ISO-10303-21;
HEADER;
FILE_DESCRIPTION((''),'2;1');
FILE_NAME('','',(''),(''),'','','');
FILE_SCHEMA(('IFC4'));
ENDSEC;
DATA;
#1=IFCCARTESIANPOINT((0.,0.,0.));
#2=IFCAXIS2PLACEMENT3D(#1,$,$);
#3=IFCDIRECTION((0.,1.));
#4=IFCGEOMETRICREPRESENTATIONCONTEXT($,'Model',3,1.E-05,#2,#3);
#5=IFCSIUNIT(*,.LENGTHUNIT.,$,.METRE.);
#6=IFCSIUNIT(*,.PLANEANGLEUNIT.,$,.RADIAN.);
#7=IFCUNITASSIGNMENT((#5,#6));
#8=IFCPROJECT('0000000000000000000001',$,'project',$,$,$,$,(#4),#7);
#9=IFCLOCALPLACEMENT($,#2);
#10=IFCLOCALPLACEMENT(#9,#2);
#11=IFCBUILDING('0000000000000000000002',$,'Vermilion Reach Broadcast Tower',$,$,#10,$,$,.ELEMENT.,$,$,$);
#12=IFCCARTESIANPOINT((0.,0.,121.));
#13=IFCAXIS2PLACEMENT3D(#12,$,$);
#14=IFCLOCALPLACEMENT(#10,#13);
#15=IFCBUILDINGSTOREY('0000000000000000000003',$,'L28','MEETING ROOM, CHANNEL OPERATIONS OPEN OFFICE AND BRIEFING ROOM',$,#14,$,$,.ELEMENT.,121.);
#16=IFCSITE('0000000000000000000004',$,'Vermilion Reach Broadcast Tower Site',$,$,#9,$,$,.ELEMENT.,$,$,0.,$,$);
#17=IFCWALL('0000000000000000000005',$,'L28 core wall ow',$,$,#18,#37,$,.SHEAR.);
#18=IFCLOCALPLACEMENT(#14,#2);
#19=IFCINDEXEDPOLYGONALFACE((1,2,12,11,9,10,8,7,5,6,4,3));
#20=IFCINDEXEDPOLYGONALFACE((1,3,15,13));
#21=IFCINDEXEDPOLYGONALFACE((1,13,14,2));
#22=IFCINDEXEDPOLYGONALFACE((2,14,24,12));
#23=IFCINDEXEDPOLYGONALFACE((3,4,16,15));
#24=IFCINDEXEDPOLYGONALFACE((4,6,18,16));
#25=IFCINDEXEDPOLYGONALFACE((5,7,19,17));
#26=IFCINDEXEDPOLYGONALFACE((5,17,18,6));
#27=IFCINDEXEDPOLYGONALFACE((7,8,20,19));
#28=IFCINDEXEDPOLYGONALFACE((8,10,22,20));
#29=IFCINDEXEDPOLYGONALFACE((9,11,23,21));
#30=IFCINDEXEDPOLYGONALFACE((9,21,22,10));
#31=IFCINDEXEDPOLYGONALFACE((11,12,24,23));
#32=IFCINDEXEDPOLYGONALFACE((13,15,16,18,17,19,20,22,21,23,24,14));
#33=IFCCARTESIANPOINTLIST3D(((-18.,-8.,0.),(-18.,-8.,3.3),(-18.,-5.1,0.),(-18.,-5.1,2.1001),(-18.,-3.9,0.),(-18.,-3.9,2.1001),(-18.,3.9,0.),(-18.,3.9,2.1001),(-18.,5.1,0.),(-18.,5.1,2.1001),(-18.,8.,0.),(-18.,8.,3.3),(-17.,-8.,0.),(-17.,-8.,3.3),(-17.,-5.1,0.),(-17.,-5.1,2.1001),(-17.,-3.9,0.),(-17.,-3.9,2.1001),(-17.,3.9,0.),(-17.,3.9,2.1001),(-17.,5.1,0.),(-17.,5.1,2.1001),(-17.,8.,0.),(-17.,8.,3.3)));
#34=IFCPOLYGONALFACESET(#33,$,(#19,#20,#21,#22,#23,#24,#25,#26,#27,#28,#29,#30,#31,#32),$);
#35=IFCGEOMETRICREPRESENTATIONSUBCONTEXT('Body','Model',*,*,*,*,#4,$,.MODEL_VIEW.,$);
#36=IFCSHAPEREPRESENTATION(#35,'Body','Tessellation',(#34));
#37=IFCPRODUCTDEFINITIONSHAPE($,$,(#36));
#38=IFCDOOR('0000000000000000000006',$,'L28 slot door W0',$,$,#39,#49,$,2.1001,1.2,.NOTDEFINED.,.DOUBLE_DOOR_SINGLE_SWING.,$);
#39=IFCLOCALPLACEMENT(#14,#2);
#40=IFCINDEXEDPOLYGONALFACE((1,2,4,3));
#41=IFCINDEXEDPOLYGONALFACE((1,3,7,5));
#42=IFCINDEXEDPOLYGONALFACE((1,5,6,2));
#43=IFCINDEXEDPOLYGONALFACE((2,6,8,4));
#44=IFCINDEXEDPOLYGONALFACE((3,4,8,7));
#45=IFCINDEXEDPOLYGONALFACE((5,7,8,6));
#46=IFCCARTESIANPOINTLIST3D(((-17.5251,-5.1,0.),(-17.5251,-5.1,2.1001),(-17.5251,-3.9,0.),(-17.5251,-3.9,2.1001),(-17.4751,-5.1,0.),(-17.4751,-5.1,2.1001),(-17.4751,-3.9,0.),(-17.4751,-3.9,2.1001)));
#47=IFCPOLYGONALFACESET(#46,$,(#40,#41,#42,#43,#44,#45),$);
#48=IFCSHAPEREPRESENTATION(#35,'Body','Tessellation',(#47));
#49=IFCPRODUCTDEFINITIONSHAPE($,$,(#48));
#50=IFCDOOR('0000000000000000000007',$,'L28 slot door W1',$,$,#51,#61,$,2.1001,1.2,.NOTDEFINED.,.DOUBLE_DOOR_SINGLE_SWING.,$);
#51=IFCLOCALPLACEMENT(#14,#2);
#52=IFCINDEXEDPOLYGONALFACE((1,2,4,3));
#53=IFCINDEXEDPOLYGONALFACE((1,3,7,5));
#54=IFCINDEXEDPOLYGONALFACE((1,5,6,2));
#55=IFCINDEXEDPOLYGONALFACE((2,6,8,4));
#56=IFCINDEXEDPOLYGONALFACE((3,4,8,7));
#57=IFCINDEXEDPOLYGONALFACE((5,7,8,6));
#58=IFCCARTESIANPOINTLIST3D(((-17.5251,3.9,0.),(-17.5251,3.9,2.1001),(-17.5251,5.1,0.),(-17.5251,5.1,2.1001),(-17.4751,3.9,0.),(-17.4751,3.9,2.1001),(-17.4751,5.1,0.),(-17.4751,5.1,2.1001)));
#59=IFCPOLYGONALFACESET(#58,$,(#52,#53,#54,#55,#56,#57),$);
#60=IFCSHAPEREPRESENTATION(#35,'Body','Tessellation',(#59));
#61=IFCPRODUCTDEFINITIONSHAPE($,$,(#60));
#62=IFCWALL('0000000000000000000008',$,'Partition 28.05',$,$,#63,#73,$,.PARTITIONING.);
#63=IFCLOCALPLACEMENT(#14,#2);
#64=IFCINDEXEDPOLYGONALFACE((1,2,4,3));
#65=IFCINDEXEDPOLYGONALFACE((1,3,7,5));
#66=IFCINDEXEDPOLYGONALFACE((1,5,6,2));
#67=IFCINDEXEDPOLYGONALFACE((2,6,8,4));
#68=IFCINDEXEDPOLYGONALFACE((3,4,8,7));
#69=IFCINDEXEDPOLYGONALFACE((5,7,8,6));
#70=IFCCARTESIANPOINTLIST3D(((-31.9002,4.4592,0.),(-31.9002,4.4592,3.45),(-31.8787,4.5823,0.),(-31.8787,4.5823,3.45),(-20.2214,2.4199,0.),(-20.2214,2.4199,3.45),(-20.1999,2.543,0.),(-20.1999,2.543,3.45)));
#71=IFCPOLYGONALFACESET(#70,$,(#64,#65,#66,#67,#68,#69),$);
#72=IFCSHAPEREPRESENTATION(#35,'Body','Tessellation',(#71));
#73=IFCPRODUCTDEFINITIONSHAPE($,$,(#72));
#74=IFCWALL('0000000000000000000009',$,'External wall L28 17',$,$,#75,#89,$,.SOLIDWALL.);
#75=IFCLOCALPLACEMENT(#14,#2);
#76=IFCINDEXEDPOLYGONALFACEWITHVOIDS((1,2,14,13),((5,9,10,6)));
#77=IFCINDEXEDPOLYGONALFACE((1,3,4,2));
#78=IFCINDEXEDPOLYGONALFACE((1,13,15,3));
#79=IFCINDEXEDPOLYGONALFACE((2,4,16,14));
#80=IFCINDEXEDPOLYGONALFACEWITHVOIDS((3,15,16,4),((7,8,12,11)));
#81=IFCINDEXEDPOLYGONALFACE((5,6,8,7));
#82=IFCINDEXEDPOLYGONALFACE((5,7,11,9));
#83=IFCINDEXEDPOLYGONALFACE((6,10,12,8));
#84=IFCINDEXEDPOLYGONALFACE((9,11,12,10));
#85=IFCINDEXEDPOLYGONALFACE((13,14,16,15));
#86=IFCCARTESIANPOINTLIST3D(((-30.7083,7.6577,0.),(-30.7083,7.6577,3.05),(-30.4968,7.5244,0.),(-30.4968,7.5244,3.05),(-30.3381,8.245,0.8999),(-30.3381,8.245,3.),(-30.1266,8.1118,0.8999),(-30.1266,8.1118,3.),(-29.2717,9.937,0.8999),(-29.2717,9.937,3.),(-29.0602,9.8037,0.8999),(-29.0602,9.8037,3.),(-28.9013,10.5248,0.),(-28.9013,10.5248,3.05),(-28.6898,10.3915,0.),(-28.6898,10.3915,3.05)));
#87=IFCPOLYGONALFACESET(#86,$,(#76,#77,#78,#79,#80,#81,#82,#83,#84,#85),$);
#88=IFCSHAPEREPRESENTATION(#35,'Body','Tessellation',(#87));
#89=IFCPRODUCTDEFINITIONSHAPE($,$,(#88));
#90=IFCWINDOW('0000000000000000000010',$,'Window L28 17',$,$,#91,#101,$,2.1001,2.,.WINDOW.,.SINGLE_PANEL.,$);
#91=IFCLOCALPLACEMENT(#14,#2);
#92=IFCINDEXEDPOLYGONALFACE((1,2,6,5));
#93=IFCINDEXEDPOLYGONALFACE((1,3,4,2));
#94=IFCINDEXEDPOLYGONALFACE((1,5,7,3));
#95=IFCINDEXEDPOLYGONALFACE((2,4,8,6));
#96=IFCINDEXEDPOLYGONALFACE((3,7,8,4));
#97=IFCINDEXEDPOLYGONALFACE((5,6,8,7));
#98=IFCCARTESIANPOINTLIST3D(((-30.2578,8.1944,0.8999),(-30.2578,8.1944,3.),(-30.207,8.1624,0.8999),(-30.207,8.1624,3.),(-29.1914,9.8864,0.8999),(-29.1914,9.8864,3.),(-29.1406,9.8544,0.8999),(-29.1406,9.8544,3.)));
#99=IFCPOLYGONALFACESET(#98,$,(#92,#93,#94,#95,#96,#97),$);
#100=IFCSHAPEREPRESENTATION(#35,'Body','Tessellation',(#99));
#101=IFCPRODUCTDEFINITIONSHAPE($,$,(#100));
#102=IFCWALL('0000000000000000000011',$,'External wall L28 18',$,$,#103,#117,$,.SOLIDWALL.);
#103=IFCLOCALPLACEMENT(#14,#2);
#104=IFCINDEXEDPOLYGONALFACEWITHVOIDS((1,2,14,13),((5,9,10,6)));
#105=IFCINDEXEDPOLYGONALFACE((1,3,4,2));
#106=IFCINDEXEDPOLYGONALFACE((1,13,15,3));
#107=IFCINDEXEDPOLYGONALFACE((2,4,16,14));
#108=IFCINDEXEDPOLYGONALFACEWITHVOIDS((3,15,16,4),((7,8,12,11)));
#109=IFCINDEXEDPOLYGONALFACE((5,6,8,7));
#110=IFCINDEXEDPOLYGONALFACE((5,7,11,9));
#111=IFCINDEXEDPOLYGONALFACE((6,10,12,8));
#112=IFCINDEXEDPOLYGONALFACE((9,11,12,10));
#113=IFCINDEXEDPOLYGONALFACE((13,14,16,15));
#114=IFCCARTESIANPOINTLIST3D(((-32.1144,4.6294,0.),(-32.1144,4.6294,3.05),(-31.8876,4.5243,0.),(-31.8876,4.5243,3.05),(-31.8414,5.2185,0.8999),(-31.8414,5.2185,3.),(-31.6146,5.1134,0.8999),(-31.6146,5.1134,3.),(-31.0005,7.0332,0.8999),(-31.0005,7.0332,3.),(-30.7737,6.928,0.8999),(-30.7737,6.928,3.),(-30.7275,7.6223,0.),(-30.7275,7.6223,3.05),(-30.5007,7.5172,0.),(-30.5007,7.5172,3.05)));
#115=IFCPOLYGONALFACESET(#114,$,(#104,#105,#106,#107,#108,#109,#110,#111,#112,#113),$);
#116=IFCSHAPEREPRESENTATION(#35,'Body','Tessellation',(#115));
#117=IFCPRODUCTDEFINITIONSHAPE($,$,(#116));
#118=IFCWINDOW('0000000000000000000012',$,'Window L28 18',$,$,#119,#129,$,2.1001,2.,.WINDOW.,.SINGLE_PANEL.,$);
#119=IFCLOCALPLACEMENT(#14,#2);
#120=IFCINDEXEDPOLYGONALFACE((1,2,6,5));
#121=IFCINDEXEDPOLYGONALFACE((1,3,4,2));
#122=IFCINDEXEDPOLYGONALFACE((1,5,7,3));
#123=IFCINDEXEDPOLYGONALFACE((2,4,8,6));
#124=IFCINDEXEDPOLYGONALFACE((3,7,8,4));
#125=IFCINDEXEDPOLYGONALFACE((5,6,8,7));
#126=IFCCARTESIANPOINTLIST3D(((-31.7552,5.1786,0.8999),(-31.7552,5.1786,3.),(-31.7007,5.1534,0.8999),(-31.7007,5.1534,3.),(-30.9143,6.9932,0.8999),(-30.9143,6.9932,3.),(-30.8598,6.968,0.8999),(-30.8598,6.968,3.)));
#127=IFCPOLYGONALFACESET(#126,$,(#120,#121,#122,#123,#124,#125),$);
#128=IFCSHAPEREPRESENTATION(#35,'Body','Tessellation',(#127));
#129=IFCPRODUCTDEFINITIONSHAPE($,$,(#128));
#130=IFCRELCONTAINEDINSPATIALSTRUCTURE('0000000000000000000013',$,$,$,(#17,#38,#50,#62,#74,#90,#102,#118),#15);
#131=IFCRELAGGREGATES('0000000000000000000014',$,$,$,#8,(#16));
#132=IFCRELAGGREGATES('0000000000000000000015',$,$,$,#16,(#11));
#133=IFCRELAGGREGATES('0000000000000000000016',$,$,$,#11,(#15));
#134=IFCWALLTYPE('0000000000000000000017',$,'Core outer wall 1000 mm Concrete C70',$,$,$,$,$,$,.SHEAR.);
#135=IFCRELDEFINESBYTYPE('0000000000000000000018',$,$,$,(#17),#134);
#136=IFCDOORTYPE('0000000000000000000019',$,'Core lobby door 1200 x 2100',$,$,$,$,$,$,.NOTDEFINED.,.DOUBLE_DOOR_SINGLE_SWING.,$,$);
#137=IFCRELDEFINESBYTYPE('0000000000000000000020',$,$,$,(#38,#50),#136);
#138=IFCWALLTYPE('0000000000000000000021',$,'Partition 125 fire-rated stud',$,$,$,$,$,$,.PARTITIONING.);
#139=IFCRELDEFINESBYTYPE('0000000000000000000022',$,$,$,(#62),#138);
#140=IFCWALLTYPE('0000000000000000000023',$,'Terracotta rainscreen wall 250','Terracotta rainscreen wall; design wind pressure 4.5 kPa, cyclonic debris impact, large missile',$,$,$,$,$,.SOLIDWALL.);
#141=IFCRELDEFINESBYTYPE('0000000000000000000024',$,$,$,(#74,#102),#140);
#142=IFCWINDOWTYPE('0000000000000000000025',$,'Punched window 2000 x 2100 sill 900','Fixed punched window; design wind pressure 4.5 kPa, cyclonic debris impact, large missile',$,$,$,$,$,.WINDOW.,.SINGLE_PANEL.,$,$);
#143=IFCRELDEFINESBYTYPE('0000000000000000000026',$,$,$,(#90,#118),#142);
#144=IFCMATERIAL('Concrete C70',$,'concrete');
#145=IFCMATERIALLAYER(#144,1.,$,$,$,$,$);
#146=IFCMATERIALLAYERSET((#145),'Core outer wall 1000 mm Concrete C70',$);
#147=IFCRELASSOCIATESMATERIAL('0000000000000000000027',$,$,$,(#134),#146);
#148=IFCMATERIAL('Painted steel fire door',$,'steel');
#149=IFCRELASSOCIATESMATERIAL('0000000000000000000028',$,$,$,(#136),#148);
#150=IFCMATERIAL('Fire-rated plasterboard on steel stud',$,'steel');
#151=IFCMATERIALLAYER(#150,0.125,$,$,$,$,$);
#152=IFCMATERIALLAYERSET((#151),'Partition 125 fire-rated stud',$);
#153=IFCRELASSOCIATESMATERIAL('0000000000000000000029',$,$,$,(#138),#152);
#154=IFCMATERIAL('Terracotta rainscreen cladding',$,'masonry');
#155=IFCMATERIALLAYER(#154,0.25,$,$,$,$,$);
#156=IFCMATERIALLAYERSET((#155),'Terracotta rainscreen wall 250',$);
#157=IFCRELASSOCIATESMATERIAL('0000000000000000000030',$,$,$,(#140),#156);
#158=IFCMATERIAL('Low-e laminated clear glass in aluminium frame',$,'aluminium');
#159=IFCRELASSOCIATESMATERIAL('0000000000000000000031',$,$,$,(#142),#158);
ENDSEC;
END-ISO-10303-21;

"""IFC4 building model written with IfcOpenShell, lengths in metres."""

from ifc_helpers import new_model, si_unit, direction, frame, frame_2d, origin, place, context, subcontext, project, spatial, rectangle, extrude, material, layer, layer_set, type_object, element, fill, save


model = new_model("IFC4")

# Units and contexts
model_context = context("Model", 3, precision=1e-05, world=origin(), true_north=direction((0.0, 1.0)))
body_context = subcontext(model_context, "Body", "Model", "MODEL_VIEW")
ifc_project = project(units=[si_unit("LENGTHUNIT", "METRE"), si_unit("PLANEANGLEUNIT", "RADIAN")], contexts=[model_context])

# Site, building, storey
site_placement = place(None, origin())
site = spatial("IfcSite", under=ifc_project, at=site_placement, Name="Vermilion Reach Broadcast Tower Site", CompositionType="ELEMENT", RefElevation=0.0)
building_placement = place(site_placement, origin())
building = spatial("IfcBuilding", under=site, at=building_placement, Name="Vermilion Reach Broadcast Tower", CompositionType="ELEMENT")
storey_placement = place(building_placement, frame((0.0, 0.0, 121.0)))
storey = spatial("IfcBuildingStorey", under=building, at=storey_placement, Name="L28", Description="MEETING ROOM, CHANNEL OPERATIONS OPEN OFFICE AND BRIEFING ROOM", CompositionType="ELEMENT", Elevation=121.0)

# Wall, openings, doors
ifc_material_1 = material(Name="Concrete C70", Category="concrete")
ifc_layer_1 = layer(ifc_material_1, 1.0)
ifc_layer_set_1 = layer_set([ifc_layer_1], Name="Core outer wall 1000 mm Concrete C70")
wall_type_1 = type_object("IfcWallType", Name="Core outer wall 1000 mm Concrete C70", PredefinedType="SHEAR", material=ifc_layer_set_1)
wall_1_placement = place(storey_placement, frame((-17.5, 8.0, 0.0), z_axis=(0.0, 0.0, 1.0), x_axis=(0.0, -1.0, 0.0)))
wall_1 = element("IfcWall", 1, at=wall_1_placement, inside=storey, type_object=wall_type_1, Name="L28 core wall ow", PredefinedType="SHEAR", context=body_context, shape_type="SweptSolid", body=[
    extrude(rectangle(XDim=16.0, YDim=1.0, at=frame_2d((8.0, 0.0))), origin(), (0.0, 0.0, 1.0), 3.3),
])
opening_1_placement = place(wall_1_placement, frame((11.8999, 0.0, 0.0)))
opening_1 = element("IfcOpeningElement", 2, at=opening_1_placement, cuts=wall_1, PredefinedType="OPENING", context=body_context, shape_type="SweptSolid", body=[
    extrude(rectangle(XDim=1.2, YDim=2.1001, at=frame_2d((0.6001, 1.05))), frame((0.0, 0.51, 0.0), z_axis=(0.0, -1.0, 0.0), x_axis=(1.0, 0.0, 0.0)), (0.0, 0.0, 1.0), 1.02),
])
opening_2_placement = place(wall_1_placement, frame((2.8999, 0.0, 0.0)))
opening_2 = element("IfcOpeningElement", 3, at=opening_2_placement, cuts=wall_1, PredefinedType="OPENING", context=body_context, shape_type="SweptSolid", body=[
    extrude(rectangle(XDim=1.2, YDim=2.1001, at=frame_2d((0.6001, 1.05))), frame((0.0, 0.51, 0.0), z_axis=(0.0, -1.0, 0.0), x_axis=(1.0, 0.0, 0.0)), (0.0, 0.0, 1.0), 1.02),
])
ifc_material_2 = material(Name="Painted steel fire door", Category="steel")
door_type_1 = type_object("IfcDoorType", Name="Core lobby door 1200 x 2100", OperationType="DOUBLE_DOOR_SINGLE_SWING", PredefinedType="NOTDEFINED", material=ifc_material_2)
door_1_placement = place(opening_1_placement, origin())
door_1 = element("IfcDoor", 4, at=door_1_placement, inside=storey, type_object=door_type_1, Name="L28 slot door W0", OperationType="DOUBLE_DOOR_SINGLE_SWING", OverallHeight=2.1001, OverallWidth=1.2, PredefinedType="NOTDEFINED", context=body_context, shape_type="SweptSolid", body=[
    extrude(rectangle(XDim=1.2, YDim=2.1001, at=frame_2d((0.6001, 1.05))), frame((0.0, 0.0249, 0.0), z_axis=(0.0, -1.0, 0.0), x_axis=(1.0, 0.0, 0.0)), (0.0, 0.0, 1.0), 0.05),
])
fill(opening_1, door_1)
door_2_placement = place(opening_2_placement, origin())
door_2 = element("IfcDoor", 5, at=door_2_placement, inside=storey, type_object=door_type_1, Name="L28 slot door W1", OperationType="DOUBLE_DOOR_SINGLE_SWING", OverallHeight=2.1001, OverallWidth=1.2, PredefinedType="NOTDEFINED", context=body_context, shape_type="SweptSolid", body=[
    extrude(rectangle(XDim=1.2, YDim=2.1001, at=frame_2d((0.6001, 1.05))), frame((0.0, 0.0249, 0.0), z_axis=(0.0, -1.0, 0.0), x_axis=(1.0, 0.0, 0.0)), (0.0, 0.0, 1.0), 0.05),
])
fill(opening_2, door_2)

# Wall
ifc_material_3 = material(Name="Fire-rated plasterboard on steel stud", Category="steel")
ifc_layer_2 = layer(ifc_material_3, 0.125)
ifc_layer_set_2 = layer_set([ifc_layer_2], Name="Partition 125 fire-rated stud")
wall_type_2 = type_object("IfcWallType", Name="Partition 125 fire-rated stud", PredefinedType="PARTITIONING", material=ifc_layer_set_2)
wall_2_placement = place(storey_placement, frame((-31.8894, 4.5208, 0.0), z_axis=(0.0, 0.0, 1.0), x_axis=(0.985094, -0.172015, 0.0)))
element("IfcWall", 6, at=wall_2_placement, inside=storey, type_object=wall_type_2, Name="Partition 28.05", PredefinedType="PARTITIONING", context=body_context, shape_type="SweptSolid", body=[
    extrude(rectangle(XDim=11.8555, YDim=0.125, at=frame_2d((5.9277, 0.0))), origin(), (0.0, 0.0, 1.0), 3.45),
])

# Walls, openings, windows
ifc_material_4 = material(Name="Terracotta rainscreen cladding", Category="masonry")
ifc_layer_3 = layer(ifc_material_4, 0.25)
ifc_layer_set_3 = layer_set([ifc_layer_3], Name="Terracotta rainscreen wall 250")
wall_type_3 = type_object("IfcWallType", Name="Terracotta rainscreen wall 250", Description="Terracotta rainscreen wall; design wind pressure 4.5 kPa, cyclonic debris impact, large missile", PredefinedType="SOLIDWALL", material=ifc_layer_set_3)
wall_3_placement = place(storey_placement, frame((-28.7957, 10.458, 0.0), z_axis=(0.0, 0.0, 1.0), x_axis=(-0.533188, -0.845997, 0.0)))
wall_3 = element("IfcWall", 7, at=wall_3_placement, inside=storey, type_object=wall_type_3, Name="External wall L28 17", PredefinedType="SOLIDWALL", context=body_context, shape_type="SweptSolid", body=[
    extrude(rectangle(XDim=3.3889, YDim=0.25, at=frame_2d((1.6943, 0.0))), origin(), (0.0, 0.0, 1.0), 3.05),
])
opening_3_placement = place(wall_3_placement, frame((0.6946, 0.0, 0.8999)))
opening_3 = element("IfcOpeningElement", 8, at=opening_3_placement, cuts=wall_3, PredefinedType="OPENING", context=body_context, shape_type="SweptSolid", body=[
    extrude(rectangle(XDim=2.0, YDim=2.1001, at=frame_2d((1.0, 1.05))), frame((0.0, 0.135, 0.0), z_axis=(0.0, -1.0, 0.0), x_axis=(1.0, 0.0, 0.0)), (0.0, 0.0, 1.0), 0.27),
])
ifc_material_5 = material(Name="Low-e laminated clear glass in aluminium frame", Category="aluminium")
window_type = type_object("IfcWindowType", Name="Punched window 2000 x 2100 sill 900", Description="Fixed punched window; design wind pressure 4.5 kPa, cyclonic debris impact, large missile", PartitioningType="SINGLE_PANEL", PredefinedType="WINDOW", material=ifc_material_5)
window_1_placement = place(opening_3_placement, origin())
window_1 = element("IfcWindow", 9, at=window_1_placement, inside=storey, type_object=window_type, Name="Window L28 17", OverallHeight=2.1001, OverallWidth=2.0, PartitioningType="SINGLE_PANEL", PredefinedType="WINDOW", context=body_context, shape_type="SweptSolid", body=[
    extrude(rectangle(XDim=2.0, YDim=2.1001, at=frame_2d((1.0, 1.05))), frame((0.0, 0.03, 0.0), z_axis=(0.0, -1.0, 0.0), x_axis=(1.0, 0.0, 0.0)), (0.0, 0.0, 1.0), 0.0601),
])
fill(opening_3, window_1)
wall_4_placement = place(storey_placement, frame((-30.614, 7.5698, 0.0), z_axis=(0.0, 0.0, 1.0), x_axis=(-0.420461, -0.907311, 0.0)))
wall_4 = element("IfcWall", 10, at=wall_4_placement, inside=storey, type_object=wall_type_3, Name="External wall L28 18", PredefinedType="SOLIDWALL", context=body_context, shape_type="SweptSolid", body=[
    extrude(rectangle(XDim=3.2986, YDim=0.25, at=frame_2d((1.6494, 0.0))), origin(), (0.0, 0.0, 1.0), 3.05),
])
opening_4_placement = place(wall_4_placement, frame((0.6494, 0.0, 0.8999)))
opening_4 = element("IfcOpeningElement", 11, at=opening_4_placement, cuts=wall_4, PredefinedType="OPENING", context=body_context, shape_type="SweptSolid", body=[
    extrude(rectangle(XDim=2.0, YDim=2.1001, at=frame_2d((1.0, 1.05))), frame((0.0, 0.135, 0.0), z_axis=(0.0, -1.0, 0.0), x_axis=(1.0, 0.0, 0.0)), (0.0, 0.0, 1.0), 0.27),
])
window_2_placement = place(opening_4_placement, origin())
window_2 = element("IfcWindow", 12, at=window_2_placement, inside=storey, type_object=window_type, Name="Window L28 18", OverallHeight=2.1001, OverallWidth=2.0, PartitioningType="SINGLE_PANEL", PredefinedType="WINDOW", context=body_context, shape_type="SweptSolid", body=[
    extrude(rectangle(XDim=2.0, YDim=2.1001, at=frame_2d((1.0, 1.05))), frame((0.0, 0.03, 0.0), z_axis=(0.0, -1.0, 0.0), x_axis=(1.0, 0.0, 0.0)), (0.0, 0.0, 1.0), 0.0601),
])
fill(opening_4, window_2)

save(model, "model.ifc")
